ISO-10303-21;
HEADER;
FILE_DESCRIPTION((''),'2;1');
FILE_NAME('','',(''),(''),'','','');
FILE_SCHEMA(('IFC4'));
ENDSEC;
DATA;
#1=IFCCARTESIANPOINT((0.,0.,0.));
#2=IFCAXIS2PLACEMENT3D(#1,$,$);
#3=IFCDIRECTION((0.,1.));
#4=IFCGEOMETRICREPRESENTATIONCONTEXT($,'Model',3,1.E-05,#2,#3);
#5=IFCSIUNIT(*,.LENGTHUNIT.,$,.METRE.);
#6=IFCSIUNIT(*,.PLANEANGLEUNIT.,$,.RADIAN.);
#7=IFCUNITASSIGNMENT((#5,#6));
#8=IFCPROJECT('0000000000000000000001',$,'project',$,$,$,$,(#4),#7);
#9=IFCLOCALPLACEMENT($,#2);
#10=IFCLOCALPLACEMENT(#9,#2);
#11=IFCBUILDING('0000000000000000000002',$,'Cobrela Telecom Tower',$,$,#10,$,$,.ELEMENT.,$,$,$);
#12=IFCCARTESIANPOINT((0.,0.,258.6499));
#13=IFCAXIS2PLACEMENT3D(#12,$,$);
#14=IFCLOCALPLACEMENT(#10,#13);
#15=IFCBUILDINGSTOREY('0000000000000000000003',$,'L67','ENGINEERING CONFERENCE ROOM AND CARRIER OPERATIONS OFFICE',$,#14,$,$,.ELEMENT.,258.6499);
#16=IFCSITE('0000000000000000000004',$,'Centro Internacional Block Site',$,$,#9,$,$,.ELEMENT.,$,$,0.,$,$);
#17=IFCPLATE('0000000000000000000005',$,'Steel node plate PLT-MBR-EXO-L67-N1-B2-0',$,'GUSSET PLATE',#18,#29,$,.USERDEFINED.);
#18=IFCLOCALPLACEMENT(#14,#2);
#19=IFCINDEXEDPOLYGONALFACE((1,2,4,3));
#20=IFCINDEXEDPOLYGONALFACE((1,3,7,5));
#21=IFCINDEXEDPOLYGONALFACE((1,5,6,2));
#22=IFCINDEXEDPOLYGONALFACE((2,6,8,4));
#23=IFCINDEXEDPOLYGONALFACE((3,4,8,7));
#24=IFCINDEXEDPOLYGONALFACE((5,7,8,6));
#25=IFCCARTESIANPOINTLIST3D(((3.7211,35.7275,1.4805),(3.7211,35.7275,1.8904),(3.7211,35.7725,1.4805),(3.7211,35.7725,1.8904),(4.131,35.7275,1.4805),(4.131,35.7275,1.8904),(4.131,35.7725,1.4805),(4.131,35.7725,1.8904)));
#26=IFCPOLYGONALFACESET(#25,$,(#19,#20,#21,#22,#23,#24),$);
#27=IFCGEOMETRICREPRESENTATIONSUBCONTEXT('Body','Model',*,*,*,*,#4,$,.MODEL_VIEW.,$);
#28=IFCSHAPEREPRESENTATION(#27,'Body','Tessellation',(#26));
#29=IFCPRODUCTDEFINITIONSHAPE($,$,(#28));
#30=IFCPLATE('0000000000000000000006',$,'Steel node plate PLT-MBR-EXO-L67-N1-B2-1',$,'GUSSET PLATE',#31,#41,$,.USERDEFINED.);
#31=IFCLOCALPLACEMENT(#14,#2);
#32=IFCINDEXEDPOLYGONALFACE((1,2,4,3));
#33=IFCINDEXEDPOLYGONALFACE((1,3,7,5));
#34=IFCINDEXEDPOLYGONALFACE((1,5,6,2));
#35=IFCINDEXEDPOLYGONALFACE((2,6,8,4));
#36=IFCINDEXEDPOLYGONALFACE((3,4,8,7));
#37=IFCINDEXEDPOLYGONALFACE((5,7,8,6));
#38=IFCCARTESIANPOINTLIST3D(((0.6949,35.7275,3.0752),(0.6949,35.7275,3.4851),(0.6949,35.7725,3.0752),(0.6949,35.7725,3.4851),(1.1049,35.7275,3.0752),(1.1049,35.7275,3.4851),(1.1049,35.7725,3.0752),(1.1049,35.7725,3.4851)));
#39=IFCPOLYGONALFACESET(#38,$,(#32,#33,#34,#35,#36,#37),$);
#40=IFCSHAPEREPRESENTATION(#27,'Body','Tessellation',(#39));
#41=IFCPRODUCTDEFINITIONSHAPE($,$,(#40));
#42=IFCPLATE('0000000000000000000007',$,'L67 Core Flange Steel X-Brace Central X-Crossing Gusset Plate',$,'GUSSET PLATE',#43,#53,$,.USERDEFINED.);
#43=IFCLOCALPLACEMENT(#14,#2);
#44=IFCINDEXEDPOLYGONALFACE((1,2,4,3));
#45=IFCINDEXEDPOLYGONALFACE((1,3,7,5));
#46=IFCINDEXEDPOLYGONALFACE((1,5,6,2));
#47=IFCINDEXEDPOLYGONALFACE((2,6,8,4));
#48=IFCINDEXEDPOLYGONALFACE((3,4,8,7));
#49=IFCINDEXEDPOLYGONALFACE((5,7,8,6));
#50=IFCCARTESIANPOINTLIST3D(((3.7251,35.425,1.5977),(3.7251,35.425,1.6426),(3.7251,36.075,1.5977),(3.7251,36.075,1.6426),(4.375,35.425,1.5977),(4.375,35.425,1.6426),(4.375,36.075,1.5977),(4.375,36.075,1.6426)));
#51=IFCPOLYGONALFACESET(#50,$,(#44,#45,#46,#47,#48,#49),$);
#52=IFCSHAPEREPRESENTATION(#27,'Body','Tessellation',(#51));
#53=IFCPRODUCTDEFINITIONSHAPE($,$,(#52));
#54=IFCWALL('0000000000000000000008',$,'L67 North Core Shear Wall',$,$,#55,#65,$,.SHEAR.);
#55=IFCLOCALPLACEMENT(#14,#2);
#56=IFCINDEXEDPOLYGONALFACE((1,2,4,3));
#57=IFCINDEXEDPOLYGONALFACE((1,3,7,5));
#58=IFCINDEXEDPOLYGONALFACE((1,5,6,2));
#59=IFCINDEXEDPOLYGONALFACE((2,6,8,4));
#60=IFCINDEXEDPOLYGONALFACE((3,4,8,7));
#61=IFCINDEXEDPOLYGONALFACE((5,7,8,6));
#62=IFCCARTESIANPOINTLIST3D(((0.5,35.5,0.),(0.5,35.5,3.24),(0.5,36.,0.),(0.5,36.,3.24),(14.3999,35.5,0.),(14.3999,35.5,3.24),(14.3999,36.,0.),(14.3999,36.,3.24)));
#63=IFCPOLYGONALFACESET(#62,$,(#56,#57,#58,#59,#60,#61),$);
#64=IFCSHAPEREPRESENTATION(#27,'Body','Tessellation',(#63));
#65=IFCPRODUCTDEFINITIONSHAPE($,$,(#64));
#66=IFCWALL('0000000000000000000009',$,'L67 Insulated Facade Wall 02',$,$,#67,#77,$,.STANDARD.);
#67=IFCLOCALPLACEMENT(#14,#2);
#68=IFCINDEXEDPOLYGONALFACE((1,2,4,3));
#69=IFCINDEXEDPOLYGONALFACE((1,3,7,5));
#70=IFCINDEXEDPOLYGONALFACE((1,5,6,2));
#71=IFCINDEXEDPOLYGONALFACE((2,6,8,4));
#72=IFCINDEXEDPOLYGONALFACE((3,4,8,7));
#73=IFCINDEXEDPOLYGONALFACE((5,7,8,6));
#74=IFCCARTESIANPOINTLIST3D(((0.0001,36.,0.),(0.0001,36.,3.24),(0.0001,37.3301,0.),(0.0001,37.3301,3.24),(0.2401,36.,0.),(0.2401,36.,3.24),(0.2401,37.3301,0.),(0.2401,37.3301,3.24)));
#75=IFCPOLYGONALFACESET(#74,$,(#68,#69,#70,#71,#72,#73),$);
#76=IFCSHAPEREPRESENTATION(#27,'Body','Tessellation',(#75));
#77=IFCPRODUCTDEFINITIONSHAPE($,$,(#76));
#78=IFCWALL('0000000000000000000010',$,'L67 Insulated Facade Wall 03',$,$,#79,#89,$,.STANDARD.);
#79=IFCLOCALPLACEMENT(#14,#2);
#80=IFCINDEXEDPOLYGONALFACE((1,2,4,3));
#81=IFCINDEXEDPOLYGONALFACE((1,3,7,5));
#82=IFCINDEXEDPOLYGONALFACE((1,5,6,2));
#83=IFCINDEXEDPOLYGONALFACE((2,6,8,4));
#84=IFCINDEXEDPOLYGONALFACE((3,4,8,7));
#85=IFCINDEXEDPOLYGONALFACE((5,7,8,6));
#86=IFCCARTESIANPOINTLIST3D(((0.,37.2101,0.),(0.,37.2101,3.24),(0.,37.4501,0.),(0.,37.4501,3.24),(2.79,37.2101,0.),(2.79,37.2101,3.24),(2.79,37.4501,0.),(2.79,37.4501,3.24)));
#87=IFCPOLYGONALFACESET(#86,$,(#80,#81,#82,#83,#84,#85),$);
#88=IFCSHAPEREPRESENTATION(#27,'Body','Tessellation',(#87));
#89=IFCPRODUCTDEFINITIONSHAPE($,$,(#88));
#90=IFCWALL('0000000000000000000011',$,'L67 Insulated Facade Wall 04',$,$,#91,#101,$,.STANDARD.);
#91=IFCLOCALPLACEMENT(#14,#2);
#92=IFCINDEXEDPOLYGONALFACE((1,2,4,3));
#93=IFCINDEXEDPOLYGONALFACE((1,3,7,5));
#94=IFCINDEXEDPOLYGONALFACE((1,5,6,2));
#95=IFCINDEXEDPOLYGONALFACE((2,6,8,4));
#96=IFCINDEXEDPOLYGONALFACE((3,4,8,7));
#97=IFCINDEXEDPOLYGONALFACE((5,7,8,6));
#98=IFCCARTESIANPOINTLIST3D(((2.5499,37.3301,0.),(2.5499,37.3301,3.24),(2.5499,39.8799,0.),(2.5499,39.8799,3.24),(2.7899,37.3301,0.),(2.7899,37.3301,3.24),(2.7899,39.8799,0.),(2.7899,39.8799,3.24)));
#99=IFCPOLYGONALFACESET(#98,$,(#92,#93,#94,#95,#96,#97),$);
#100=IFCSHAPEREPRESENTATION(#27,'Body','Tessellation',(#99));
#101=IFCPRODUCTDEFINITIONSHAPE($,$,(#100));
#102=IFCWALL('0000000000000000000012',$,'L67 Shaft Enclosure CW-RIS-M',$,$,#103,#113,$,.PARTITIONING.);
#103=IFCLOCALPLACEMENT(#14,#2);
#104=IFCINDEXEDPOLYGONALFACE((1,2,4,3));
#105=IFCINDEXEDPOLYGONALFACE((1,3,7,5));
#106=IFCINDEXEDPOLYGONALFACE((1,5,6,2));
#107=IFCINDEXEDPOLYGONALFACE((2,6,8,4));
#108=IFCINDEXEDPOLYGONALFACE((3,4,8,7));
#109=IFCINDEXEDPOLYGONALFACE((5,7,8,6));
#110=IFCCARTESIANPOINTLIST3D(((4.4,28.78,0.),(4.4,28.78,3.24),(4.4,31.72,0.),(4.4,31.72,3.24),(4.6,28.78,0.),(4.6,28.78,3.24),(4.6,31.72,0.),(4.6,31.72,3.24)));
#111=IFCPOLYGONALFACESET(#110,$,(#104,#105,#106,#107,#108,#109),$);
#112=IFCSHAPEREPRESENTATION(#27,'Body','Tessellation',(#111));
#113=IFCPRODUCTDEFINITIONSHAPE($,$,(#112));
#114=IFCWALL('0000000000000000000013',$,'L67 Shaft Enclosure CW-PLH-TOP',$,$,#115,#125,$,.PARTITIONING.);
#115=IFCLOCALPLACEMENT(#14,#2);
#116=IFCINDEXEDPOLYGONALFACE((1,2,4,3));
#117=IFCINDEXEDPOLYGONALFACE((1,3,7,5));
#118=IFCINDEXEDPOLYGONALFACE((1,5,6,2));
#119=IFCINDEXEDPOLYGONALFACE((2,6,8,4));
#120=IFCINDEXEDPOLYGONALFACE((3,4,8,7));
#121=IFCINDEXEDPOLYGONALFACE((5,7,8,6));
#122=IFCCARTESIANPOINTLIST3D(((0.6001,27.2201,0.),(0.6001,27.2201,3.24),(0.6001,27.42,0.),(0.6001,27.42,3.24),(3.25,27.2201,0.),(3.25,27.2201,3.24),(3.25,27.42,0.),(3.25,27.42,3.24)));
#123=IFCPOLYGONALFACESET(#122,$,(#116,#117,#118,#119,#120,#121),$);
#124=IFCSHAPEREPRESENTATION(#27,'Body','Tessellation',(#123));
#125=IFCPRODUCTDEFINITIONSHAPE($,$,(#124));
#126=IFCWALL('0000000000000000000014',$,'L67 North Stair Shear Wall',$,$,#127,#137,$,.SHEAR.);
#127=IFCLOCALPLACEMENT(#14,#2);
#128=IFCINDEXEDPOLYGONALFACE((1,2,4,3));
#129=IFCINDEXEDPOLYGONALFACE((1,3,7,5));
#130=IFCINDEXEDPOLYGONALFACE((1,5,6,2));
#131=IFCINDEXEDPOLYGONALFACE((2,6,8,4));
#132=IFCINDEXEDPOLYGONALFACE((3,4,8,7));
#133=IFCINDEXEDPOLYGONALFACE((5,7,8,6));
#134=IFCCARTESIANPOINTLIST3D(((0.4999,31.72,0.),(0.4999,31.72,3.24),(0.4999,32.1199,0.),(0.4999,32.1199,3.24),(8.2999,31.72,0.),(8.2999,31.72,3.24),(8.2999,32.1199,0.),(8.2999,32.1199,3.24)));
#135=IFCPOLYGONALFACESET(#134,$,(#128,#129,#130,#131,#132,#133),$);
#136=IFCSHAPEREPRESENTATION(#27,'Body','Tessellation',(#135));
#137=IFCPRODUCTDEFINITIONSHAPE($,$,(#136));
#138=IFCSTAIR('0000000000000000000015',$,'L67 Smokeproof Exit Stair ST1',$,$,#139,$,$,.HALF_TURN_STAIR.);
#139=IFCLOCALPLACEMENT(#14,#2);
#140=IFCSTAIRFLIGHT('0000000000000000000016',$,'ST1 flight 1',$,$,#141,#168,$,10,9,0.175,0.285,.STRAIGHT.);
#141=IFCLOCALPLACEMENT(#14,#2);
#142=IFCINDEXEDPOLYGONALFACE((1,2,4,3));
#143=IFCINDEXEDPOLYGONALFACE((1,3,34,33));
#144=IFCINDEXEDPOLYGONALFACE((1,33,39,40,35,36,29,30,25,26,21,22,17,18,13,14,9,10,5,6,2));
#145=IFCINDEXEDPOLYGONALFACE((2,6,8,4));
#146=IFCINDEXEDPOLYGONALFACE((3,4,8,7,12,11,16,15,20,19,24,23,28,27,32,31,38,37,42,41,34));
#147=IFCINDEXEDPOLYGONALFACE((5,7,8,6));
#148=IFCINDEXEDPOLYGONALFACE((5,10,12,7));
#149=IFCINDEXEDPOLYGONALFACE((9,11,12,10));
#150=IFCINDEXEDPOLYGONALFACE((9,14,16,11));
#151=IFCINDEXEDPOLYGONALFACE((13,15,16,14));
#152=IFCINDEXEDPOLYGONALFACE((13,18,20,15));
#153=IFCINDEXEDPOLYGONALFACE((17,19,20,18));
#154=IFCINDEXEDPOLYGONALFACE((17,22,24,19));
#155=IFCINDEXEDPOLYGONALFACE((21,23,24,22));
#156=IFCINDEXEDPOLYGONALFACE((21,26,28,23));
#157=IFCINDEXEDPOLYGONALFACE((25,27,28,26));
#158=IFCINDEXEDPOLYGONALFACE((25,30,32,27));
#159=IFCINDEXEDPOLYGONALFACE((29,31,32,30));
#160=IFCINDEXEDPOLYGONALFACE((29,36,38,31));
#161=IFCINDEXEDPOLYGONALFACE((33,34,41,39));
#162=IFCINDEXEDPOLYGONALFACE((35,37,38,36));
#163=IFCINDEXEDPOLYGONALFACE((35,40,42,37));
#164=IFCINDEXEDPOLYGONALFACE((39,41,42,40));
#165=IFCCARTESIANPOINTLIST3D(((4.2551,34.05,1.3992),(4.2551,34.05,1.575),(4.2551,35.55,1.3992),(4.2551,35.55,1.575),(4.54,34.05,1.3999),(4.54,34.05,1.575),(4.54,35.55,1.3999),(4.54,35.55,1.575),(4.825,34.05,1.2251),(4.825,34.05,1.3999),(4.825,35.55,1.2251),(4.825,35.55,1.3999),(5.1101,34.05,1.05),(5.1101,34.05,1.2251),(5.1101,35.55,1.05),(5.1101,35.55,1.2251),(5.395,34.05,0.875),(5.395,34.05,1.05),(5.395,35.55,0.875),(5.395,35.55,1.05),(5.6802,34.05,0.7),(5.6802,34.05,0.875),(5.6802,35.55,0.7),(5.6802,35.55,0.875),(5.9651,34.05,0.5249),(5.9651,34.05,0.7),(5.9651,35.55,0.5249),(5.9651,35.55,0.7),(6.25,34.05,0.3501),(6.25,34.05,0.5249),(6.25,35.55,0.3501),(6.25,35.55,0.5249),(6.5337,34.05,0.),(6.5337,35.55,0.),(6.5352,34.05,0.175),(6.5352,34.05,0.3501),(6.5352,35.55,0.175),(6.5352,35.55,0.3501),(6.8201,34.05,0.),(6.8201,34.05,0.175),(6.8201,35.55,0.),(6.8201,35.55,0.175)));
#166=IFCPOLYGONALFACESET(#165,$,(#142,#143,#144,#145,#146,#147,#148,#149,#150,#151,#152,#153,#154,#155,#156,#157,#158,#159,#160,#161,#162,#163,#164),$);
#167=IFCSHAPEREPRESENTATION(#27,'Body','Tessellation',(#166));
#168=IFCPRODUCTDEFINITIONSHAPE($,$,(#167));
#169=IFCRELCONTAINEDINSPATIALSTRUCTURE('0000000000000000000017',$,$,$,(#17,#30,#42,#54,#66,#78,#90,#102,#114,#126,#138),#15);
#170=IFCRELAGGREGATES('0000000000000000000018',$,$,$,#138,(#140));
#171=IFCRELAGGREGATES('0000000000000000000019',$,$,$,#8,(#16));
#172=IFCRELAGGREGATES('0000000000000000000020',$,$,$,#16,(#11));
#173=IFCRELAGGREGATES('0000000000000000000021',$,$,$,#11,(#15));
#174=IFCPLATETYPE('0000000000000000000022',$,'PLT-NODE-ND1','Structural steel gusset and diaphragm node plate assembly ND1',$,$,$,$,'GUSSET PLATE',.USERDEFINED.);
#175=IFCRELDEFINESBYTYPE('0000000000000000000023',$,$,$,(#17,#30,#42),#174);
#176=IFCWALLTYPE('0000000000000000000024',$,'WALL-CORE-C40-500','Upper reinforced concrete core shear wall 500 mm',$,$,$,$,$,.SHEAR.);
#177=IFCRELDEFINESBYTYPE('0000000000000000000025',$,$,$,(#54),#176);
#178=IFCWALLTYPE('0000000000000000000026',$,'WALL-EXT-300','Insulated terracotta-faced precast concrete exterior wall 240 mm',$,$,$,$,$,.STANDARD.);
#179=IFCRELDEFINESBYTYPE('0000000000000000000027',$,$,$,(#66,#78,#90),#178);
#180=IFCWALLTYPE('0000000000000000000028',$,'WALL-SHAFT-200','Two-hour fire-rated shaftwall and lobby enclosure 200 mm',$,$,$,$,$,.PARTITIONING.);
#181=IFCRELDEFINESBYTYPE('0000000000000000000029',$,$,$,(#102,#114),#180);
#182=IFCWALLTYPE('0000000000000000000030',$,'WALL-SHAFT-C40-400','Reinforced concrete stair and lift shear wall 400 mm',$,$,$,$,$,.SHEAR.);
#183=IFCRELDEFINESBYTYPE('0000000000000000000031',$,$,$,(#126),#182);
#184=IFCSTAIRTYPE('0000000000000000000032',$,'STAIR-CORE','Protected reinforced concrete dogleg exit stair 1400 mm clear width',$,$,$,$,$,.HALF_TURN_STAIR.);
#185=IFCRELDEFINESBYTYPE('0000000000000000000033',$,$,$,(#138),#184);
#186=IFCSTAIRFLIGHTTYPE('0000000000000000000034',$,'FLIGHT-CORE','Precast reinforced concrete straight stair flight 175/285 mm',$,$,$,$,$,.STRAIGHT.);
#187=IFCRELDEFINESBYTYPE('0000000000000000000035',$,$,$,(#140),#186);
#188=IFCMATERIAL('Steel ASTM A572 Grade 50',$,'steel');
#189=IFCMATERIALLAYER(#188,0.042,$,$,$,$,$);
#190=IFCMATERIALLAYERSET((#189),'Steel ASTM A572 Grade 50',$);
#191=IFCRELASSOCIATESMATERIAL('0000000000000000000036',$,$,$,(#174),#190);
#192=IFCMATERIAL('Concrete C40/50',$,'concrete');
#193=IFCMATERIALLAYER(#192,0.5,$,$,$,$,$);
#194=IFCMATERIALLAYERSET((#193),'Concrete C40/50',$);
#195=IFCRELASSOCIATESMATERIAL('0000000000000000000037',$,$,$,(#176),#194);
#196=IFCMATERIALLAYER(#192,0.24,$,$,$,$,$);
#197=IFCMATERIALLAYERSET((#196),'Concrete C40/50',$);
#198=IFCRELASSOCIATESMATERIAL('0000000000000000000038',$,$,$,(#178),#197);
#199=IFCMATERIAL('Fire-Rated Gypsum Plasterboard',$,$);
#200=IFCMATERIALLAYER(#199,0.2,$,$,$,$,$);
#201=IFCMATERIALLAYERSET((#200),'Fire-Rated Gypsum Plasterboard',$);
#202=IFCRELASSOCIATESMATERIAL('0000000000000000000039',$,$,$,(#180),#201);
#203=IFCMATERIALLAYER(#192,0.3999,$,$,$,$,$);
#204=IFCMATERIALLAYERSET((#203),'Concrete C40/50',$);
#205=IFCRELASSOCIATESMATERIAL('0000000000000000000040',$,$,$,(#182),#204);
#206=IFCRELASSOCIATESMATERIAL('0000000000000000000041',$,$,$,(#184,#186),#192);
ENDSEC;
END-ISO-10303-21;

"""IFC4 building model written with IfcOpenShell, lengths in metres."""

from ifc_helpers import new_model, si_unit, direction, frame, frame_2d, origin, origin_2d, place, context, subcontext, project, spatial, polyline, rectangle, outline, extrude, material, layer, layer_set, type_object, element, aggregate, save


model = new_model("IFC4")

# Units and contexts
model_context = context("Model", 3, precision=1e-05, world=origin(), true_north=direction((0.0, 1.0)))
body_context = subcontext(model_context, "Body", "Model", "MODEL_VIEW")
ifc_project = project(units=[si_unit("LENGTHUNIT", "METRE"), si_unit("PLANEANGLEUNIT", "RADIAN")], contexts=[model_context])

# Site, building, storey
site_placement = place(None, origin())
site = spatial("IfcSite", under=ifc_project, at=site_placement, Name="Centro Internacional Block Site", CompositionType="ELEMENT", RefElevation=0.0)
building_placement = place(site_placement, origin())
building = spatial("IfcBuilding", under=site, at=building_placement, Name="Cobrela Telecom Tower", CompositionType="ELEMENT")
storey_placement = place(building_placement, frame((0.0, 0.0, 258.6499)))
storey = spatial("IfcBuildingStorey", under=building, at=storey_placement, Name="L67", Description="ENGINEERING CONFERENCE ROOM AND CARRIER OPERATIONS OFFICE", CompositionType="ELEMENT", Elevation=258.6499)

# Shared definitions
ifc_material_1 = material(Name="Steel ASTM A572 Grade 50", Category="steel")

# Plates
ifc_layer_1 = layer(ifc_material_1, 0.042)
ifc_layer_set_1 = layer_set([ifc_layer_1], Name="Steel ASTM A572 Grade 50")
plate_type_1 = type_object("IfcPlateType", Name="PLT-NODE-ND1", Description="Structural steel gusset and diaphragm node plate assembly ND1", ElementType="GUSSET PLATE", PredefinedType="USERDEFINED", material=ifc_layer_set_1)
for number, where, z_axis, x_axis, name in (
    (1, (3.926, 35.75, 1.4805), (0.0, 0.0, 1.0), (-1.0, 0.0, 0.0), "Steel node plate PLT-MBR-EXO-L67-N1-B2-0"),
    (2, (0.8999, 35.75, 3.0752), (0.0, 0.0, 1.0), (-1.0, 0.0, 0.0), "Steel node plate PLT-MBR-EXO-L67-N1-B2-1"),
):
    element("IfcPlate", number, at=place(storey_placement, frame(where, z_axis=z_axis, x_axis=x_axis)), inside=storey, type_object=plate_type_1, Name=name, ObjectType="GUSSET PLATE", PredefinedType="USERDEFINED", context=body_context, shape_type="SweptSolid", body=[
        extrude(rectangle(XDim=0.4099, YDim=0.0449, at=origin_2d()), origin(), (0.0, 0.0, 1.0), 0.4099),
    ])
plate_1_placement = place(storey_placement, frame((4.05, 35.75, 1.5977), z_axis=(0.0, 0.0, 1.0), x_axis=(1.0, 0.0, 0.0)))
element("IfcPlate", 3, at=plate_1_placement, inside=storey, type_object=plate_type_1, Name="L67 Core Flange Steel X-Brace Central X-Crossing Gusset Plate", ObjectType="GUSSET PLATE", PredefinedType="USERDEFINED", context=body_context, shape_type="SweptSolid", body=[
    extrude(rectangle(XDim=0.6499, YDim=0.6499, at=origin_2d()), origin(), (0.0, 0.0, 1.0), 0.0449),
])

# Walls
ifc_material_2 = material(Name="Concrete C40/50", Category="concrete")
ifc_layer_2 = layer(ifc_material_2, 0.5)
ifc_layer_set_2 = layer_set([ifc_layer_2], Name="Concrete C40/50")
wall_type_1 = type_object("IfcWallType", Name="WALL-CORE-C40-500", Description="Upper reinforced concrete core shear wall 500 mm", PredefinedType="SHEAR", material=ifc_layer_set_2)
wall_1_placement = place(storey_placement, frame((0.5, 35.75, 0.0), z_axis=(0.0, 0.0, 1.0), x_axis=(1.0, 0.0, 0.0)))
element("IfcWall", 4, at=wall_1_placement, inside=storey, type_object=wall_type_1, Name="L67 North Core Shear Wall", PredefinedType="SHEAR", context=body_context, shape_type="SweptSolid", body=[
    extrude(rectangle(XDim=13.8999, YDim=0.5, at=frame_2d((6.95, 0.0))), origin(), (0.0, 0.0, 1.0), 3.24),
])
ifc_layer_3 = layer(ifc_material_2, 0.24)
ifc_layer_set_3 = layer_set([ifc_layer_3], Name="Concrete C40/50")
wall_type_2 = type_object("IfcWallType", Name="WALL-EXT-300", Description="Insulated terracotta-faced precast concrete exterior wall 240 mm", PredefinedType="STANDARD", material=ifc_layer_set_3)
wall_2_placement = place(storey_placement, frame((0.1201, 36.0, 0.0), z_axis=(0.0, 0.0, 1.0), x_axis=(0.0, 1.0, 0.0)))
element("IfcWall", 5, at=wall_2_placement, inside=storey, type_object=wall_type_2, Name="L67 Insulated Facade Wall 02", PredefinedType="STANDARD", context=body_context, shape_type="SweptSolid", body=[
    extrude(rectangle(XDim=1.3301, YDim=0.24, at=frame_2d((0.665, 0.0))), origin(), (0.0, 0.0, 1.0), 3.24),
])
wall_3_placement = place(storey_placement, frame((0.0, 37.3301, 0.0), z_axis=(0.0, 0.0, 1.0), x_axis=(1.0, 0.0, 0.0)))
element("IfcWall", 6, at=wall_3_placement, inside=storey, type_object=wall_type_2, Name="L67 Insulated Facade Wall 03", PredefinedType="STANDARD", context=body_context, shape_type="SweptSolid", body=[
    extrude(rectangle(XDim=2.79, YDim=0.24, at=frame_2d((1.395, 0.0))), origin(), (0.0, 0.0, 1.0), 3.24),
])
wall_4_placement = place(storey_placement, frame((2.6699, 37.3301, 0.0), z_axis=(0.0, 0.0, 1.0), x_axis=(0.0, 1.0, 0.0)))
element("IfcWall", 7, at=wall_4_placement, inside=storey, type_object=wall_type_2, Name="L67 Insulated Facade Wall 04", PredefinedType="STANDARD", context=body_context, shape_type="SweptSolid", body=[
    extrude(rectangle(XDim=2.5498, YDim=0.24, at=frame_2d((1.2749, 0.0))), origin(), (0.0, 0.0, 1.0), 3.24),
])

# Shared definitions
ifc_material_3 = material(Name="Fire-Rated Gypsum Plasterboard")
ifc_layer_4 = layer(ifc_material_3, 0.2)
ifc_layer_set_4 = layer_set([ifc_layer_4], Name="Fire-Rated Gypsum Plasterboard")
wall_type_3 = type_object("IfcWallType", Name="WALL-SHAFT-200", Description="Two-hour fire-rated shaftwall and lobby enclosure 200 mm", PredefinedType="PARTITIONING", material=ifc_layer_set_4)

# Walls
wall_5_placement = place(storey_placement, frame((4.5, 28.78, 0.0), z_axis=(0.0, 0.0, 1.0), x_axis=(0.0, 1.0, 0.0)))
element("IfcWall", 8, at=wall_5_placement, inside=storey, type_object=wall_type_3, Name="L67 Shaft Enclosure CW-RIS-M", PredefinedType="PARTITIONING", context=body_context, shape_type="SweptSolid", body=[
    extrude(rectangle(XDim=2.9399, YDim=0.2, at=frame_2d((1.47, 0.0))), origin(), (0.0, 0.0, 1.0), 3.24),
])
wall_6_placement = place(storey_placement, frame((0.6001, 27.3201, 0.0), z_axis=(0.0, 0.0, 1.0), x_axis=(1.0, 0.0, 0.0)))
element("IfcWall", 9, at=wall_6_placement, inside=storey, type_object=wall_type_3, Name="L67 Shaft Enclosure CW-PLH-TOP", PredefinedType="PARTITIONING", context=body_context, shape_type="SweptSolid", body=[
    extrude(rectangle(XDim=2.6499, YDim=0.2, at=frame_2d((1.325, 0.0))), origin(), (0.0, 0.0, 1.0), 3.24),
])
ifc_layer_5 = layer(ifc_material_2, 0.3999)
ifc_layer_set_5 = layer_set([ifc_layer_5], Name="Concrete C40/50")
wall_type_4 = type_object("IfcWallType", Name="WALL-SHAFT-C40-400", Description="Reinforced concrete stair and lift shear wall 400 mm", PredefinedType="SHEAR", material=ifc_layer_set_5)
wall_7_placement = place(storey_placement, frame((0.5, 31.9199, 0.0), z_axis=(0.0, 0.0, 1.0), x_axis=(1.0, 0.0, 0.0)))
element("IfcWall", 10, at=wall_7_placement, inside=storey, type_object=wall_type_4, Name="L67 North Stair Shear Wall", PredefinedType="SHEAR", context=body_context, shape_type="SweptSolid", body=[
    extrude(rectangle(XDim=7.8, YDim=0.3999, at=frame_2d((3.8999, 0.0))), origin(), (0.0, 0.0, 1.0), 3.24),
])

# Stair, stair flight
stair_type = type_object("IfcStairType", Name="STAIR-CORE", Description="Protected reinforced concrete dogleg exit stair 1400 mm clear width", PredefinedType="HALF_TURN_STAIR", material=ifc_material_2)
stair_placement = place(storey_placement, origin())
stair = element("IfcStair", 11, at=stair_placement, inside=storey, type_object=stair_type, Name="L67 Smokeproof Exit Stair ST1", PredefinedType="HALF_TURN_STAIR")
stair_flight_type = type_object("IfcStairFlightType", Name="FLIGHT-CORE", Description="Precast reinforced concrete straight stair flight 175/285 mm", PredefinedType="STRAIGHT", material=ifc_material_2)
stair_flight_1_placement = place(storey_placement, frame((6.8201, 34.8, 0.0), z_axis=(0.0, 0.0, 1.0), x_axis=(-1.0, 0.0, 0.0)))
stair_flight_1 = element("IfcStairFlight", 12, at=stair_flight_1_placement, type_object=stair_flight_type, Name="ST1 flight 1", NumberOfRisers=10, NumberOfTreads=9, PredefinedType="STRAIGHT", RiserHeight=0.175, TreadLength=0.285, context=body_context, shape_type="SweptSolid", body=[
    extrude(outline(polyline([(0.0, 0.0), (0.0, 0.175), (0.2849, 0.175), (0.2849, 0.3501), (0.5701, 0.3501), (0.5701, 0.5249), (0.855, 0.5249), (0.855, 0.7), (1.1399, 0.7), (1.1399, 0.875), (1.425, 0.875), (1.425, 1.05), (1.71, 1.05), (1.71, 1.2251), (1.9951, 1.2251), (1.9951, 1.3999), (2.28, 1.3999), (2.28, 1.575), (2.5649, 1.575), (2.5649, 1.75), (2.5649, 1.3992), (0.2864, 0.0), (0.0, 0.0)])), frame((0.0, 0.75, 0.0), z_axis=(0.0, -1.0, 0.0), x_axis=(1.0, 0.0, 0.0)), (0.0, 0.0, 1.0), 1.5),
])
aggregate(stair, [stair_flight_1])

save(model, "model.ifc")
